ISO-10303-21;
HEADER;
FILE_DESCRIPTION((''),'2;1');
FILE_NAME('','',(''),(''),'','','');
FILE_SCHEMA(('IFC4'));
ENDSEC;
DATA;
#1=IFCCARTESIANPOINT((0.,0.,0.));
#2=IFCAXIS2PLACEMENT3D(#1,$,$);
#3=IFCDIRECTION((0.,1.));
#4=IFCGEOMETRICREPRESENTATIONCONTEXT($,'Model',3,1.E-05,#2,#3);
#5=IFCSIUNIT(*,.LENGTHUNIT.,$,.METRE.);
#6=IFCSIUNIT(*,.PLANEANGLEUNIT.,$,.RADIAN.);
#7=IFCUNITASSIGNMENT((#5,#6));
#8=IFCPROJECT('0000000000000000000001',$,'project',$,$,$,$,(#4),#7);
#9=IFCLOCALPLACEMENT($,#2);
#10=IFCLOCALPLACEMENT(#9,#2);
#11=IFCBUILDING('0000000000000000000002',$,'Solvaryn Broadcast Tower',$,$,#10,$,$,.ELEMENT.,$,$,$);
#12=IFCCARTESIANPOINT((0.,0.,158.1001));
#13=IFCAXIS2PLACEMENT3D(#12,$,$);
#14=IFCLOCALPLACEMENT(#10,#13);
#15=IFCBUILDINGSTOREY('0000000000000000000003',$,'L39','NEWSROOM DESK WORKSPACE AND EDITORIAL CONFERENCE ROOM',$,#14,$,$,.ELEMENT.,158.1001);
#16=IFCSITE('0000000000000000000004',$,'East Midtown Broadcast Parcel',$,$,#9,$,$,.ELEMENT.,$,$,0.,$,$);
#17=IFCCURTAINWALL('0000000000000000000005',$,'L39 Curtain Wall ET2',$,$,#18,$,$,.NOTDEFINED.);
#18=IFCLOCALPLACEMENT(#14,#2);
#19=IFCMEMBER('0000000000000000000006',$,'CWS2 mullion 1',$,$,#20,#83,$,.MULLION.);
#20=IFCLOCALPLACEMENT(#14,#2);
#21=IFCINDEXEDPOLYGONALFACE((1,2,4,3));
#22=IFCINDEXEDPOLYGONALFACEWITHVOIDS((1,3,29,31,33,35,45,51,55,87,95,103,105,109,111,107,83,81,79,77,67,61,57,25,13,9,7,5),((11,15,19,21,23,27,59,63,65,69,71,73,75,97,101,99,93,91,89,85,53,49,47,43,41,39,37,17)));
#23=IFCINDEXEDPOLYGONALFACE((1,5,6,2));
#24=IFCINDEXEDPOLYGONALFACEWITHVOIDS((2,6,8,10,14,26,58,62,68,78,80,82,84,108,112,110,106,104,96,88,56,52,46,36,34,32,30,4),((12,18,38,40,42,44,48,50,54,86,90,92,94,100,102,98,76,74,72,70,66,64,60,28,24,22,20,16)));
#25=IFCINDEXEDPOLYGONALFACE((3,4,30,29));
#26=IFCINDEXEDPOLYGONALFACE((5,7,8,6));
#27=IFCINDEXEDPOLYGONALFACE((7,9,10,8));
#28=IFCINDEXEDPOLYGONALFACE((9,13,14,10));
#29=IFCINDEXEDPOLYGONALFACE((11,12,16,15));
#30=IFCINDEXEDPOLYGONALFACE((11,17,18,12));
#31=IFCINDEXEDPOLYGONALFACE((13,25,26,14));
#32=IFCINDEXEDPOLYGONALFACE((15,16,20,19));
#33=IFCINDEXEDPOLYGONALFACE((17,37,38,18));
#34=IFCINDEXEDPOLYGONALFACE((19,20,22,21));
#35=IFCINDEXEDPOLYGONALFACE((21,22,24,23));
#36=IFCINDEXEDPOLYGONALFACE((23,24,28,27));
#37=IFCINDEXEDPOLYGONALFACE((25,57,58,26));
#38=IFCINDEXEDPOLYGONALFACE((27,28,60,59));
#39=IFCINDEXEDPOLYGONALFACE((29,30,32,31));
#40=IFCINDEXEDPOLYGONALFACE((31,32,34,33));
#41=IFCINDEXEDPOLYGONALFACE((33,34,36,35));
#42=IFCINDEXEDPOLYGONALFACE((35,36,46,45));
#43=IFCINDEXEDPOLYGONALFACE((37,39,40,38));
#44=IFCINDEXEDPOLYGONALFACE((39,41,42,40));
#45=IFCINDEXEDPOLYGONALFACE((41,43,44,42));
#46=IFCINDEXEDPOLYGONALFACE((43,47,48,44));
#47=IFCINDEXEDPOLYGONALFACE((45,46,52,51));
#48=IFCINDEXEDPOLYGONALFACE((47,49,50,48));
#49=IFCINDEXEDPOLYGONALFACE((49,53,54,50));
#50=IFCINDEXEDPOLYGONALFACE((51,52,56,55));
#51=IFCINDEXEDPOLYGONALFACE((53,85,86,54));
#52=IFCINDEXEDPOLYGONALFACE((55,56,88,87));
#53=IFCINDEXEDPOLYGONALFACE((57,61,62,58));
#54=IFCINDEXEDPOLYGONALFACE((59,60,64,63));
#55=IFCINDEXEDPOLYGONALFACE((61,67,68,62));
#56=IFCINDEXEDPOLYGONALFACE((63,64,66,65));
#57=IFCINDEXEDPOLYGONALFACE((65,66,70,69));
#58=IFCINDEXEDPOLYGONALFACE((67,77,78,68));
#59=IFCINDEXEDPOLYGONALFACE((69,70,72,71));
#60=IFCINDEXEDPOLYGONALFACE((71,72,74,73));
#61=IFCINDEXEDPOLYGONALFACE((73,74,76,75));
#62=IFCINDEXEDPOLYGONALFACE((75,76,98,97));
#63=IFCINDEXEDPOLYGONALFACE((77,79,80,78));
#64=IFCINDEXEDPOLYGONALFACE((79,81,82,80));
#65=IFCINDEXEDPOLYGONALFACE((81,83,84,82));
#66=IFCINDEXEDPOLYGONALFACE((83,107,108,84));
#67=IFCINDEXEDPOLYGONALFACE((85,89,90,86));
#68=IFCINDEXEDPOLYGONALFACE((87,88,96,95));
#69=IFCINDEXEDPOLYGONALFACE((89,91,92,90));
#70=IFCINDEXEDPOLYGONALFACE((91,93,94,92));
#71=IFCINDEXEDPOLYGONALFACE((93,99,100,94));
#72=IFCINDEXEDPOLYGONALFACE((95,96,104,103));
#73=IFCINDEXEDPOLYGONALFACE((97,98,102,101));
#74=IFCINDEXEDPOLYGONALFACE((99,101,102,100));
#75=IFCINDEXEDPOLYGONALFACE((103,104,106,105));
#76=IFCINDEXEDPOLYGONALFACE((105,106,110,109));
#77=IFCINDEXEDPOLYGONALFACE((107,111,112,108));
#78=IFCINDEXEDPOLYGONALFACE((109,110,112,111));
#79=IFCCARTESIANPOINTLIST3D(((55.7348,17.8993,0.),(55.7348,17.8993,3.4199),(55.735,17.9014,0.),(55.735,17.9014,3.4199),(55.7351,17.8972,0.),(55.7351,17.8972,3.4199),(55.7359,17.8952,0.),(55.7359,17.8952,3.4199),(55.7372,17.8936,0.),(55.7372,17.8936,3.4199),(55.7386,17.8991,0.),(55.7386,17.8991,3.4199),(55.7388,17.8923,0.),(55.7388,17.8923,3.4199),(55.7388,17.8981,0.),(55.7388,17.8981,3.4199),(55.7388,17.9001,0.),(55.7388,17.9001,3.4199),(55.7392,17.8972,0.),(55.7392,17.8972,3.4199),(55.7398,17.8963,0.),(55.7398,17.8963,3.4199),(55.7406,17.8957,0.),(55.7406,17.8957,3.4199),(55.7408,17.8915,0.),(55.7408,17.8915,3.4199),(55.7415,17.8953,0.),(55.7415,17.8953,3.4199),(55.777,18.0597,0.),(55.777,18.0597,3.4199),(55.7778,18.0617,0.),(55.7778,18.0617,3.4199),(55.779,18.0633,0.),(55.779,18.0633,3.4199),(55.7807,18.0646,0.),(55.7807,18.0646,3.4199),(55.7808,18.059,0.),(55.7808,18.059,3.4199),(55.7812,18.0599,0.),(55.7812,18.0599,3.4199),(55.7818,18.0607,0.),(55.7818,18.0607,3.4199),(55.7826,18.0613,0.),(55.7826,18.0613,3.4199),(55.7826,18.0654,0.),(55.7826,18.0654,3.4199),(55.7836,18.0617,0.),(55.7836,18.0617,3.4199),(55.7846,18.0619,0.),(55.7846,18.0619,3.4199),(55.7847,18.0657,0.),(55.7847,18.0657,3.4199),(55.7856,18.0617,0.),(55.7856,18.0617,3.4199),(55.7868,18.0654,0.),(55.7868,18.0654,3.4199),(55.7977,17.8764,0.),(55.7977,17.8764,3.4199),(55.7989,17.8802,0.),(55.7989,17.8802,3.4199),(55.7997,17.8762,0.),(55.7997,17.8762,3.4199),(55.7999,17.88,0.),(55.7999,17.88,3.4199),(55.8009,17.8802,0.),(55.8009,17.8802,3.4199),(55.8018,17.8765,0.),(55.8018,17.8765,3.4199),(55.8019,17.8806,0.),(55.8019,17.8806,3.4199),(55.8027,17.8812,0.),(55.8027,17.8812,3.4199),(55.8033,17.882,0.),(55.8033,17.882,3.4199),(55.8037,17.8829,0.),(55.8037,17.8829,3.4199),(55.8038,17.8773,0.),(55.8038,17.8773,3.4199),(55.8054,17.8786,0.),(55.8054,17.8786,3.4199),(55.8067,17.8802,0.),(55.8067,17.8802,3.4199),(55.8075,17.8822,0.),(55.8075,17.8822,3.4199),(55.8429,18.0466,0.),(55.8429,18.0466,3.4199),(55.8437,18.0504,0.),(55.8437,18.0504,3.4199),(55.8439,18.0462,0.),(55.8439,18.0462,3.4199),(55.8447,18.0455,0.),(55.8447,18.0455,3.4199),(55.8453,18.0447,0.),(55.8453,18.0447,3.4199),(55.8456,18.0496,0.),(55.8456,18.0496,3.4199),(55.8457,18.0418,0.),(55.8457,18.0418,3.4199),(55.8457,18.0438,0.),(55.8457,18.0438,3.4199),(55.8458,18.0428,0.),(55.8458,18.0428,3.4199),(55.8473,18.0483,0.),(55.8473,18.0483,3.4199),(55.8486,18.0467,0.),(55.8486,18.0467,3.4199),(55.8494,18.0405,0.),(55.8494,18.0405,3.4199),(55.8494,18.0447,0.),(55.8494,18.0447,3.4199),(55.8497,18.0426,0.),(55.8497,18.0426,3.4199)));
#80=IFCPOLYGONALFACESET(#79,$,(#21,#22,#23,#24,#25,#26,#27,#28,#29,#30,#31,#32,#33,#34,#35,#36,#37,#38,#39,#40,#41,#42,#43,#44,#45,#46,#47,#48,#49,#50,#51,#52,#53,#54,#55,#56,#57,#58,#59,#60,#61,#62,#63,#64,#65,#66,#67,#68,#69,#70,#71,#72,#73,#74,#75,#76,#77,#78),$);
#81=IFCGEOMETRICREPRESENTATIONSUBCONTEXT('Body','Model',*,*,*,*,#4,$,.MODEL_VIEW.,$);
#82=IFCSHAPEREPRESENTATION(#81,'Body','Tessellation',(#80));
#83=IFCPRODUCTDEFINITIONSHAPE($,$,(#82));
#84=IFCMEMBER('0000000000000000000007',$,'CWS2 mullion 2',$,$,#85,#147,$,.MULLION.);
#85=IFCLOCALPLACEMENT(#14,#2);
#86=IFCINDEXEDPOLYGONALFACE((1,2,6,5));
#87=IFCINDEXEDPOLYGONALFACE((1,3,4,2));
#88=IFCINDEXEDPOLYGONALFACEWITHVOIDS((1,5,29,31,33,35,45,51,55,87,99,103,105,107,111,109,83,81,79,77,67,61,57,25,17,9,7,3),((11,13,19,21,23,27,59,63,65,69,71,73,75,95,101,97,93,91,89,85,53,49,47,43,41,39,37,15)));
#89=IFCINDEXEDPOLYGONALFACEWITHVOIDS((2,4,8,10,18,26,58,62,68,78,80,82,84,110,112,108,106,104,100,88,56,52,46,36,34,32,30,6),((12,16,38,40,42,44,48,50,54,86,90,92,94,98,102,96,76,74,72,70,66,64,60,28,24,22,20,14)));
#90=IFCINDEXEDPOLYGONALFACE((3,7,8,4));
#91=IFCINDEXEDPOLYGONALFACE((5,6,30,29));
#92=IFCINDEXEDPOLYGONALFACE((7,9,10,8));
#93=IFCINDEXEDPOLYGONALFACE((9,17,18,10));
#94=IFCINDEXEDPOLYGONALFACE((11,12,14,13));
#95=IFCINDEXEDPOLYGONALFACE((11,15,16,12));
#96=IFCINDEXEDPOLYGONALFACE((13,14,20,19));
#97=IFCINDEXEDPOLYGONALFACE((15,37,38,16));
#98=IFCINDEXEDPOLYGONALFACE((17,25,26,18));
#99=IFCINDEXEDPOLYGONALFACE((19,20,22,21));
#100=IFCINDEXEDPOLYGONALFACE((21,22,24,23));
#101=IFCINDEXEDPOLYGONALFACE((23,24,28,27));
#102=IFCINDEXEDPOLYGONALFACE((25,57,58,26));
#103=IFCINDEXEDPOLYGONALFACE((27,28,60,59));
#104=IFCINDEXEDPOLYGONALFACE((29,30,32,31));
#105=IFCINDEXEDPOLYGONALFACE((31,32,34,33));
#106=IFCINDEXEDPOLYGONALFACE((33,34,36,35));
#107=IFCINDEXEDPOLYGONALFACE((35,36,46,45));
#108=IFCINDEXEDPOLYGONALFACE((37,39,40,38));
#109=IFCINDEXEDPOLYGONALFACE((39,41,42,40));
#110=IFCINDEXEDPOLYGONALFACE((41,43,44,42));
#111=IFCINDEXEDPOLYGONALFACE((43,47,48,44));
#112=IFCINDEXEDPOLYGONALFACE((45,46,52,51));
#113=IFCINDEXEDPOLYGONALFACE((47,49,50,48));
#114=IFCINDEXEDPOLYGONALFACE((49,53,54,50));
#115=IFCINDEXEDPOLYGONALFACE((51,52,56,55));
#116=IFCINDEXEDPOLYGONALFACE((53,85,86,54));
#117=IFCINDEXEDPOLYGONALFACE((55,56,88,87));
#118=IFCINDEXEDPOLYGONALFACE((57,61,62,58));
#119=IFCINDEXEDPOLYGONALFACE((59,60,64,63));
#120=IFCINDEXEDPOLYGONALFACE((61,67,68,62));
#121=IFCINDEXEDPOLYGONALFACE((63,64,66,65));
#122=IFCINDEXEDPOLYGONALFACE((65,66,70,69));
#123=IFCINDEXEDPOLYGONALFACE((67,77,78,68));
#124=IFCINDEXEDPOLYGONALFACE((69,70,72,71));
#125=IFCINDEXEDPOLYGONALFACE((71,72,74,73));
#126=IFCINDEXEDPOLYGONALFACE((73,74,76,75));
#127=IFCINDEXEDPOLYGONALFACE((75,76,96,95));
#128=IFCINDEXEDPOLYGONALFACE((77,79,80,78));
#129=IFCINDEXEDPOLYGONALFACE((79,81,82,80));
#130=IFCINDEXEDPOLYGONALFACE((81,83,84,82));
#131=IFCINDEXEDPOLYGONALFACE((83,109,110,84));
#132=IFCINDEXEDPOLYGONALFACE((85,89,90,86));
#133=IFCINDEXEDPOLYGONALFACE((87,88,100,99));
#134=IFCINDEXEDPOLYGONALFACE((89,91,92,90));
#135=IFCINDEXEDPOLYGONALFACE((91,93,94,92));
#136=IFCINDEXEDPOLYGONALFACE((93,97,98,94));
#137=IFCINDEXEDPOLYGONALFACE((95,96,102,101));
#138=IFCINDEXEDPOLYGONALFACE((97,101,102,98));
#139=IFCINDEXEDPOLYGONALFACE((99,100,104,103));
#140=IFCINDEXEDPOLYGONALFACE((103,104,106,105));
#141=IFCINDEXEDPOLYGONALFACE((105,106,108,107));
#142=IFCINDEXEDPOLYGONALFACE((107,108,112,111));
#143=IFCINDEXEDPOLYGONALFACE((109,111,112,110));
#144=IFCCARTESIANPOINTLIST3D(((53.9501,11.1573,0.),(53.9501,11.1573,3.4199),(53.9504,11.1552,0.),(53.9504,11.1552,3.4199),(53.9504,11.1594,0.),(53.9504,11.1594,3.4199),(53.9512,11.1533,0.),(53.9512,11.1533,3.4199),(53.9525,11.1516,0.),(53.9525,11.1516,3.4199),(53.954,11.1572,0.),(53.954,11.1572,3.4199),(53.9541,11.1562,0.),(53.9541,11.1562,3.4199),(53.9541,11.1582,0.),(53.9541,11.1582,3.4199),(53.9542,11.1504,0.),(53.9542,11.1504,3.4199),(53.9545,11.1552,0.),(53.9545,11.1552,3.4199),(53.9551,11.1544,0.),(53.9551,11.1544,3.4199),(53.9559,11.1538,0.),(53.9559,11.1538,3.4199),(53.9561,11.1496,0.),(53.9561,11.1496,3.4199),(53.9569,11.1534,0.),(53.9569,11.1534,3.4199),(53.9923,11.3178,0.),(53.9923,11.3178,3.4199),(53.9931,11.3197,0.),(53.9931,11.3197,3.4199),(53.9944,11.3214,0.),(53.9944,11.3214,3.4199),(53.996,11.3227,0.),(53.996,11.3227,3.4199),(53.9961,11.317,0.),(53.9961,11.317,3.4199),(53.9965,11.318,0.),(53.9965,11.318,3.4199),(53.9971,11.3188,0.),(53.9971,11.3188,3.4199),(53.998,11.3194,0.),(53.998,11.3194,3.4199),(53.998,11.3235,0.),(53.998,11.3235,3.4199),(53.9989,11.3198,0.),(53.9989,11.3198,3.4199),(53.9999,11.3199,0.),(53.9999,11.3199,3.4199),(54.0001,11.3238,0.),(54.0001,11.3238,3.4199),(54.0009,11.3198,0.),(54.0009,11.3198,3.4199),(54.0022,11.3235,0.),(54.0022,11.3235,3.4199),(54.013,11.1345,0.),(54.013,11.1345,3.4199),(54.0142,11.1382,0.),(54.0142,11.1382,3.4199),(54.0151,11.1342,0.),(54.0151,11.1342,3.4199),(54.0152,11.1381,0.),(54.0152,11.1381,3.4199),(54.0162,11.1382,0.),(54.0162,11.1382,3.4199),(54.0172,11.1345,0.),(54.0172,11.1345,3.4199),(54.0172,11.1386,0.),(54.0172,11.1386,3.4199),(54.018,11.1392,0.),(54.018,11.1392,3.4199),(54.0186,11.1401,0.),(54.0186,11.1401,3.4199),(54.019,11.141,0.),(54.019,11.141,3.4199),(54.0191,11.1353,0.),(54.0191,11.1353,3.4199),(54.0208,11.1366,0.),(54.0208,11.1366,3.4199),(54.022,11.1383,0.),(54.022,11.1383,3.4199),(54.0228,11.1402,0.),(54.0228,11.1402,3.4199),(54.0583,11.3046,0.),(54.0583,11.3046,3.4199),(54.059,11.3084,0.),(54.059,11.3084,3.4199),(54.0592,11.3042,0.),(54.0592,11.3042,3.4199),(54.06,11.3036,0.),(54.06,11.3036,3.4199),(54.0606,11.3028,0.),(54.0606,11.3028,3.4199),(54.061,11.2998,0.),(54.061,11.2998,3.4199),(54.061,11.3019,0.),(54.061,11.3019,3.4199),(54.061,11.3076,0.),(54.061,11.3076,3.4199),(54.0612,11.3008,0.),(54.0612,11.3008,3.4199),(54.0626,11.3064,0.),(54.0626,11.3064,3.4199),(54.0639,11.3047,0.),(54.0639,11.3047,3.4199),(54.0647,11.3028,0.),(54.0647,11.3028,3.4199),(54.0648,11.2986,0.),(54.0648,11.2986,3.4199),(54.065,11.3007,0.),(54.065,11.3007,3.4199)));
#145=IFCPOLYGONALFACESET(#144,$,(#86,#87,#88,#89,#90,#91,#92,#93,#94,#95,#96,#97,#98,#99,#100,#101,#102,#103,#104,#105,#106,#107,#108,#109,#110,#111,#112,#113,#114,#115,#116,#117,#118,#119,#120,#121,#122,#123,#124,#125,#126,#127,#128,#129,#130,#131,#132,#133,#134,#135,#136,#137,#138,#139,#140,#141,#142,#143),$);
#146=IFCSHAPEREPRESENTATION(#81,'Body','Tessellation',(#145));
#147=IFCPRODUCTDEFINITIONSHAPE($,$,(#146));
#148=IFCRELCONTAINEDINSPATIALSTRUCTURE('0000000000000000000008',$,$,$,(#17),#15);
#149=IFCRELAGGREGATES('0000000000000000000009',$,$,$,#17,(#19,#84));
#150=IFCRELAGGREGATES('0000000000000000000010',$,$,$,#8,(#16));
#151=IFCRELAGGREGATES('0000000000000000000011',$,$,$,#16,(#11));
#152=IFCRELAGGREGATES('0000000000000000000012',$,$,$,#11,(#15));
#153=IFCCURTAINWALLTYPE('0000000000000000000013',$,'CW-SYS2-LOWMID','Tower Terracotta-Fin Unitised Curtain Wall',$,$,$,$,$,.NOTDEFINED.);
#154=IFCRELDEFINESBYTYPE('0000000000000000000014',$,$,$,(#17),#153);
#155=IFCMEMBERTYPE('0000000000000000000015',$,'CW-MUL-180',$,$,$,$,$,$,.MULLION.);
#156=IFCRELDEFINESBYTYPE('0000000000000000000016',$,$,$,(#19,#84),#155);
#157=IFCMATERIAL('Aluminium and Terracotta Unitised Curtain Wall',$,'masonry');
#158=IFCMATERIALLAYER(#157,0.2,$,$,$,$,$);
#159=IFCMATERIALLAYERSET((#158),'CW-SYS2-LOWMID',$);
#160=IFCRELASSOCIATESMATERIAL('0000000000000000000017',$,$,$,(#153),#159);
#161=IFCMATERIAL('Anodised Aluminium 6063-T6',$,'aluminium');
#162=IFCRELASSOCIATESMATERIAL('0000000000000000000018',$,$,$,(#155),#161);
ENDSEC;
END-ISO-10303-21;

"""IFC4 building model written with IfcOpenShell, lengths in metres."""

from ifc_helpers import new_model, si_unit, direction, frame, origin, origin_2d, place, context, subcontext, project, spatial, hollow_rectangle, extrude, material, layer, layer_set, material_profile, profile_set, type_object, element, aggregate, save


model = new_model("IFC4")

# Units and contexts
model_context = context("Model", 3, precision=1e-05, world=origin(), true_north=direction((0.0, 1.0)))
body_context = subcontext(model_context, "Body", "Model", "MODEL_VIEW")
ifc_project = project(units=[si_unit("LENGTHUNIT", "METRE"), si_unit("PLANEANGLEUNIT", "RADIAN")], contexts=[model_context])

# Site, building, storey
site_placement = place(None, origin())
site = spatial("IfcSite", under=ifc_project, at=site_placement, Name="East Midtown Broadcast Parcel", CompositionType="ELEMENT", RefElevation=0.0)
building_placement = place(site_placement, origin())
building = spatial("IfcBuilding", under=site, at=building_placement, Name="Solvaryn Broadcast Tower", CompositionType="ELEMENT")
storey_placement = place(building_placement, frame((0.0, 0.0, 158.1001)))
storey = spatial("IfcBuildingStorey", under=building, at=storey_placement, Name="L39", Description="NEWSROOM DESK WORKSPACE AND EDITORIAL CONFERENCE ROOM", CompositionType="ELEMENT", Elevation=158.1001)

# Shared definitions
ifc_material_1 = material(Name="Aluminium and Terracotta Unitised Curtain Wall", Category="masonry")
ifc_layer_1 = layer(ifc_material_1, 0.2)
ifc_layer_set_1 = layer_set([ifc_layer_1], Name="CW-SYS2-LOWMID")
curtain_wall_type = type_object("IfcCurtainWallType", Name="CW-SYS2-LOWMID", Description="Tower Terracotta-Fin Unitised Curtain Wall", PredefinedType="NOTDEFINED", material=ifc_layer_set_1)
ifc_material_2 = material(Name="Anodised Aluminium 6063-T6", Category="aluminium")
ifc_material_profile_1 = material_profile(ifc_material_2, hollow_rectangle(XDim=0.075, YDim=0.1799, WallThickness=0.0039, InnerFilletRadius=0.0039, OuterFilletRadius=0.0081, at=origin_2d()))
ifc_profile_set_1 = profile_set([ifc_material_profile_1], Name="Anodised Aluminium 6063-T6")
member_type_1 = type_object("IfcMemberType", Name="CW-MUL-180", PredefinedType="MULLION", material=ifc_profile_set_1)

# Curtain wall, members
curtain_wall_1_placement = place(storey_placement, origin())
curtain_wall_1 = element("IfcCurtainWall", 1, at=curtain_wall_1_placement, inside=storey, type_object=curtain_wall_type, Name="L39 Curtain Wall ET2", PredefinedType="NOTDEFINED")
member_1_placement = place(storey_placement, frame((55.7922, 17.9709, 0.0), z_axis=(0.0, 0.0, 1.0), x_axis=(0.966705, -0.255893, 0.0)))
member_1 = element("IfcMember", 2, at=member_1_placement, type_object=member_type_1, Name="CWS2 mullion 1", PredefinedType="MULLION", context=body_context, shape_type="SweptSolid", body=[
    extrude(hollow_rectangle(XDim=0.075, YDim=0.1799, WallThickness=0.0039, InnerFilletRadius=0.0039, OuterFilletRadius=0.0081, at=origin_2d()), origin(), (0.0, 0.0, 1.0), 3.4199),
])
member_2_placement = place(storey_placement, frame((54.0076, 11.229, 0.0), z_axis=(0.0, 0.0, 1.0), x_axis=(0.966705, -0.255893, 0.0)))
member_2 = element("IfcMember", 3, at=member_2_placement, type_object=member_type_1, Name="CWS2 mullion 2", PredefinedType="MULLION", context=body_context, shape_type="SweptSolid", body=[
    extrude(hollow_rectangle(XDim=0.075, YDim=0.1799, WallThickness=0.0039, InnerFilletRadius=0.0039, OuterFilletRadius=0.0081, at=origin_2d()), origin(), (0.0, 0.0, 1.0), 3.4199),
])

aggregate(curtain_wall_1, [member_1, member_2])

save(model, "model.ifc")
